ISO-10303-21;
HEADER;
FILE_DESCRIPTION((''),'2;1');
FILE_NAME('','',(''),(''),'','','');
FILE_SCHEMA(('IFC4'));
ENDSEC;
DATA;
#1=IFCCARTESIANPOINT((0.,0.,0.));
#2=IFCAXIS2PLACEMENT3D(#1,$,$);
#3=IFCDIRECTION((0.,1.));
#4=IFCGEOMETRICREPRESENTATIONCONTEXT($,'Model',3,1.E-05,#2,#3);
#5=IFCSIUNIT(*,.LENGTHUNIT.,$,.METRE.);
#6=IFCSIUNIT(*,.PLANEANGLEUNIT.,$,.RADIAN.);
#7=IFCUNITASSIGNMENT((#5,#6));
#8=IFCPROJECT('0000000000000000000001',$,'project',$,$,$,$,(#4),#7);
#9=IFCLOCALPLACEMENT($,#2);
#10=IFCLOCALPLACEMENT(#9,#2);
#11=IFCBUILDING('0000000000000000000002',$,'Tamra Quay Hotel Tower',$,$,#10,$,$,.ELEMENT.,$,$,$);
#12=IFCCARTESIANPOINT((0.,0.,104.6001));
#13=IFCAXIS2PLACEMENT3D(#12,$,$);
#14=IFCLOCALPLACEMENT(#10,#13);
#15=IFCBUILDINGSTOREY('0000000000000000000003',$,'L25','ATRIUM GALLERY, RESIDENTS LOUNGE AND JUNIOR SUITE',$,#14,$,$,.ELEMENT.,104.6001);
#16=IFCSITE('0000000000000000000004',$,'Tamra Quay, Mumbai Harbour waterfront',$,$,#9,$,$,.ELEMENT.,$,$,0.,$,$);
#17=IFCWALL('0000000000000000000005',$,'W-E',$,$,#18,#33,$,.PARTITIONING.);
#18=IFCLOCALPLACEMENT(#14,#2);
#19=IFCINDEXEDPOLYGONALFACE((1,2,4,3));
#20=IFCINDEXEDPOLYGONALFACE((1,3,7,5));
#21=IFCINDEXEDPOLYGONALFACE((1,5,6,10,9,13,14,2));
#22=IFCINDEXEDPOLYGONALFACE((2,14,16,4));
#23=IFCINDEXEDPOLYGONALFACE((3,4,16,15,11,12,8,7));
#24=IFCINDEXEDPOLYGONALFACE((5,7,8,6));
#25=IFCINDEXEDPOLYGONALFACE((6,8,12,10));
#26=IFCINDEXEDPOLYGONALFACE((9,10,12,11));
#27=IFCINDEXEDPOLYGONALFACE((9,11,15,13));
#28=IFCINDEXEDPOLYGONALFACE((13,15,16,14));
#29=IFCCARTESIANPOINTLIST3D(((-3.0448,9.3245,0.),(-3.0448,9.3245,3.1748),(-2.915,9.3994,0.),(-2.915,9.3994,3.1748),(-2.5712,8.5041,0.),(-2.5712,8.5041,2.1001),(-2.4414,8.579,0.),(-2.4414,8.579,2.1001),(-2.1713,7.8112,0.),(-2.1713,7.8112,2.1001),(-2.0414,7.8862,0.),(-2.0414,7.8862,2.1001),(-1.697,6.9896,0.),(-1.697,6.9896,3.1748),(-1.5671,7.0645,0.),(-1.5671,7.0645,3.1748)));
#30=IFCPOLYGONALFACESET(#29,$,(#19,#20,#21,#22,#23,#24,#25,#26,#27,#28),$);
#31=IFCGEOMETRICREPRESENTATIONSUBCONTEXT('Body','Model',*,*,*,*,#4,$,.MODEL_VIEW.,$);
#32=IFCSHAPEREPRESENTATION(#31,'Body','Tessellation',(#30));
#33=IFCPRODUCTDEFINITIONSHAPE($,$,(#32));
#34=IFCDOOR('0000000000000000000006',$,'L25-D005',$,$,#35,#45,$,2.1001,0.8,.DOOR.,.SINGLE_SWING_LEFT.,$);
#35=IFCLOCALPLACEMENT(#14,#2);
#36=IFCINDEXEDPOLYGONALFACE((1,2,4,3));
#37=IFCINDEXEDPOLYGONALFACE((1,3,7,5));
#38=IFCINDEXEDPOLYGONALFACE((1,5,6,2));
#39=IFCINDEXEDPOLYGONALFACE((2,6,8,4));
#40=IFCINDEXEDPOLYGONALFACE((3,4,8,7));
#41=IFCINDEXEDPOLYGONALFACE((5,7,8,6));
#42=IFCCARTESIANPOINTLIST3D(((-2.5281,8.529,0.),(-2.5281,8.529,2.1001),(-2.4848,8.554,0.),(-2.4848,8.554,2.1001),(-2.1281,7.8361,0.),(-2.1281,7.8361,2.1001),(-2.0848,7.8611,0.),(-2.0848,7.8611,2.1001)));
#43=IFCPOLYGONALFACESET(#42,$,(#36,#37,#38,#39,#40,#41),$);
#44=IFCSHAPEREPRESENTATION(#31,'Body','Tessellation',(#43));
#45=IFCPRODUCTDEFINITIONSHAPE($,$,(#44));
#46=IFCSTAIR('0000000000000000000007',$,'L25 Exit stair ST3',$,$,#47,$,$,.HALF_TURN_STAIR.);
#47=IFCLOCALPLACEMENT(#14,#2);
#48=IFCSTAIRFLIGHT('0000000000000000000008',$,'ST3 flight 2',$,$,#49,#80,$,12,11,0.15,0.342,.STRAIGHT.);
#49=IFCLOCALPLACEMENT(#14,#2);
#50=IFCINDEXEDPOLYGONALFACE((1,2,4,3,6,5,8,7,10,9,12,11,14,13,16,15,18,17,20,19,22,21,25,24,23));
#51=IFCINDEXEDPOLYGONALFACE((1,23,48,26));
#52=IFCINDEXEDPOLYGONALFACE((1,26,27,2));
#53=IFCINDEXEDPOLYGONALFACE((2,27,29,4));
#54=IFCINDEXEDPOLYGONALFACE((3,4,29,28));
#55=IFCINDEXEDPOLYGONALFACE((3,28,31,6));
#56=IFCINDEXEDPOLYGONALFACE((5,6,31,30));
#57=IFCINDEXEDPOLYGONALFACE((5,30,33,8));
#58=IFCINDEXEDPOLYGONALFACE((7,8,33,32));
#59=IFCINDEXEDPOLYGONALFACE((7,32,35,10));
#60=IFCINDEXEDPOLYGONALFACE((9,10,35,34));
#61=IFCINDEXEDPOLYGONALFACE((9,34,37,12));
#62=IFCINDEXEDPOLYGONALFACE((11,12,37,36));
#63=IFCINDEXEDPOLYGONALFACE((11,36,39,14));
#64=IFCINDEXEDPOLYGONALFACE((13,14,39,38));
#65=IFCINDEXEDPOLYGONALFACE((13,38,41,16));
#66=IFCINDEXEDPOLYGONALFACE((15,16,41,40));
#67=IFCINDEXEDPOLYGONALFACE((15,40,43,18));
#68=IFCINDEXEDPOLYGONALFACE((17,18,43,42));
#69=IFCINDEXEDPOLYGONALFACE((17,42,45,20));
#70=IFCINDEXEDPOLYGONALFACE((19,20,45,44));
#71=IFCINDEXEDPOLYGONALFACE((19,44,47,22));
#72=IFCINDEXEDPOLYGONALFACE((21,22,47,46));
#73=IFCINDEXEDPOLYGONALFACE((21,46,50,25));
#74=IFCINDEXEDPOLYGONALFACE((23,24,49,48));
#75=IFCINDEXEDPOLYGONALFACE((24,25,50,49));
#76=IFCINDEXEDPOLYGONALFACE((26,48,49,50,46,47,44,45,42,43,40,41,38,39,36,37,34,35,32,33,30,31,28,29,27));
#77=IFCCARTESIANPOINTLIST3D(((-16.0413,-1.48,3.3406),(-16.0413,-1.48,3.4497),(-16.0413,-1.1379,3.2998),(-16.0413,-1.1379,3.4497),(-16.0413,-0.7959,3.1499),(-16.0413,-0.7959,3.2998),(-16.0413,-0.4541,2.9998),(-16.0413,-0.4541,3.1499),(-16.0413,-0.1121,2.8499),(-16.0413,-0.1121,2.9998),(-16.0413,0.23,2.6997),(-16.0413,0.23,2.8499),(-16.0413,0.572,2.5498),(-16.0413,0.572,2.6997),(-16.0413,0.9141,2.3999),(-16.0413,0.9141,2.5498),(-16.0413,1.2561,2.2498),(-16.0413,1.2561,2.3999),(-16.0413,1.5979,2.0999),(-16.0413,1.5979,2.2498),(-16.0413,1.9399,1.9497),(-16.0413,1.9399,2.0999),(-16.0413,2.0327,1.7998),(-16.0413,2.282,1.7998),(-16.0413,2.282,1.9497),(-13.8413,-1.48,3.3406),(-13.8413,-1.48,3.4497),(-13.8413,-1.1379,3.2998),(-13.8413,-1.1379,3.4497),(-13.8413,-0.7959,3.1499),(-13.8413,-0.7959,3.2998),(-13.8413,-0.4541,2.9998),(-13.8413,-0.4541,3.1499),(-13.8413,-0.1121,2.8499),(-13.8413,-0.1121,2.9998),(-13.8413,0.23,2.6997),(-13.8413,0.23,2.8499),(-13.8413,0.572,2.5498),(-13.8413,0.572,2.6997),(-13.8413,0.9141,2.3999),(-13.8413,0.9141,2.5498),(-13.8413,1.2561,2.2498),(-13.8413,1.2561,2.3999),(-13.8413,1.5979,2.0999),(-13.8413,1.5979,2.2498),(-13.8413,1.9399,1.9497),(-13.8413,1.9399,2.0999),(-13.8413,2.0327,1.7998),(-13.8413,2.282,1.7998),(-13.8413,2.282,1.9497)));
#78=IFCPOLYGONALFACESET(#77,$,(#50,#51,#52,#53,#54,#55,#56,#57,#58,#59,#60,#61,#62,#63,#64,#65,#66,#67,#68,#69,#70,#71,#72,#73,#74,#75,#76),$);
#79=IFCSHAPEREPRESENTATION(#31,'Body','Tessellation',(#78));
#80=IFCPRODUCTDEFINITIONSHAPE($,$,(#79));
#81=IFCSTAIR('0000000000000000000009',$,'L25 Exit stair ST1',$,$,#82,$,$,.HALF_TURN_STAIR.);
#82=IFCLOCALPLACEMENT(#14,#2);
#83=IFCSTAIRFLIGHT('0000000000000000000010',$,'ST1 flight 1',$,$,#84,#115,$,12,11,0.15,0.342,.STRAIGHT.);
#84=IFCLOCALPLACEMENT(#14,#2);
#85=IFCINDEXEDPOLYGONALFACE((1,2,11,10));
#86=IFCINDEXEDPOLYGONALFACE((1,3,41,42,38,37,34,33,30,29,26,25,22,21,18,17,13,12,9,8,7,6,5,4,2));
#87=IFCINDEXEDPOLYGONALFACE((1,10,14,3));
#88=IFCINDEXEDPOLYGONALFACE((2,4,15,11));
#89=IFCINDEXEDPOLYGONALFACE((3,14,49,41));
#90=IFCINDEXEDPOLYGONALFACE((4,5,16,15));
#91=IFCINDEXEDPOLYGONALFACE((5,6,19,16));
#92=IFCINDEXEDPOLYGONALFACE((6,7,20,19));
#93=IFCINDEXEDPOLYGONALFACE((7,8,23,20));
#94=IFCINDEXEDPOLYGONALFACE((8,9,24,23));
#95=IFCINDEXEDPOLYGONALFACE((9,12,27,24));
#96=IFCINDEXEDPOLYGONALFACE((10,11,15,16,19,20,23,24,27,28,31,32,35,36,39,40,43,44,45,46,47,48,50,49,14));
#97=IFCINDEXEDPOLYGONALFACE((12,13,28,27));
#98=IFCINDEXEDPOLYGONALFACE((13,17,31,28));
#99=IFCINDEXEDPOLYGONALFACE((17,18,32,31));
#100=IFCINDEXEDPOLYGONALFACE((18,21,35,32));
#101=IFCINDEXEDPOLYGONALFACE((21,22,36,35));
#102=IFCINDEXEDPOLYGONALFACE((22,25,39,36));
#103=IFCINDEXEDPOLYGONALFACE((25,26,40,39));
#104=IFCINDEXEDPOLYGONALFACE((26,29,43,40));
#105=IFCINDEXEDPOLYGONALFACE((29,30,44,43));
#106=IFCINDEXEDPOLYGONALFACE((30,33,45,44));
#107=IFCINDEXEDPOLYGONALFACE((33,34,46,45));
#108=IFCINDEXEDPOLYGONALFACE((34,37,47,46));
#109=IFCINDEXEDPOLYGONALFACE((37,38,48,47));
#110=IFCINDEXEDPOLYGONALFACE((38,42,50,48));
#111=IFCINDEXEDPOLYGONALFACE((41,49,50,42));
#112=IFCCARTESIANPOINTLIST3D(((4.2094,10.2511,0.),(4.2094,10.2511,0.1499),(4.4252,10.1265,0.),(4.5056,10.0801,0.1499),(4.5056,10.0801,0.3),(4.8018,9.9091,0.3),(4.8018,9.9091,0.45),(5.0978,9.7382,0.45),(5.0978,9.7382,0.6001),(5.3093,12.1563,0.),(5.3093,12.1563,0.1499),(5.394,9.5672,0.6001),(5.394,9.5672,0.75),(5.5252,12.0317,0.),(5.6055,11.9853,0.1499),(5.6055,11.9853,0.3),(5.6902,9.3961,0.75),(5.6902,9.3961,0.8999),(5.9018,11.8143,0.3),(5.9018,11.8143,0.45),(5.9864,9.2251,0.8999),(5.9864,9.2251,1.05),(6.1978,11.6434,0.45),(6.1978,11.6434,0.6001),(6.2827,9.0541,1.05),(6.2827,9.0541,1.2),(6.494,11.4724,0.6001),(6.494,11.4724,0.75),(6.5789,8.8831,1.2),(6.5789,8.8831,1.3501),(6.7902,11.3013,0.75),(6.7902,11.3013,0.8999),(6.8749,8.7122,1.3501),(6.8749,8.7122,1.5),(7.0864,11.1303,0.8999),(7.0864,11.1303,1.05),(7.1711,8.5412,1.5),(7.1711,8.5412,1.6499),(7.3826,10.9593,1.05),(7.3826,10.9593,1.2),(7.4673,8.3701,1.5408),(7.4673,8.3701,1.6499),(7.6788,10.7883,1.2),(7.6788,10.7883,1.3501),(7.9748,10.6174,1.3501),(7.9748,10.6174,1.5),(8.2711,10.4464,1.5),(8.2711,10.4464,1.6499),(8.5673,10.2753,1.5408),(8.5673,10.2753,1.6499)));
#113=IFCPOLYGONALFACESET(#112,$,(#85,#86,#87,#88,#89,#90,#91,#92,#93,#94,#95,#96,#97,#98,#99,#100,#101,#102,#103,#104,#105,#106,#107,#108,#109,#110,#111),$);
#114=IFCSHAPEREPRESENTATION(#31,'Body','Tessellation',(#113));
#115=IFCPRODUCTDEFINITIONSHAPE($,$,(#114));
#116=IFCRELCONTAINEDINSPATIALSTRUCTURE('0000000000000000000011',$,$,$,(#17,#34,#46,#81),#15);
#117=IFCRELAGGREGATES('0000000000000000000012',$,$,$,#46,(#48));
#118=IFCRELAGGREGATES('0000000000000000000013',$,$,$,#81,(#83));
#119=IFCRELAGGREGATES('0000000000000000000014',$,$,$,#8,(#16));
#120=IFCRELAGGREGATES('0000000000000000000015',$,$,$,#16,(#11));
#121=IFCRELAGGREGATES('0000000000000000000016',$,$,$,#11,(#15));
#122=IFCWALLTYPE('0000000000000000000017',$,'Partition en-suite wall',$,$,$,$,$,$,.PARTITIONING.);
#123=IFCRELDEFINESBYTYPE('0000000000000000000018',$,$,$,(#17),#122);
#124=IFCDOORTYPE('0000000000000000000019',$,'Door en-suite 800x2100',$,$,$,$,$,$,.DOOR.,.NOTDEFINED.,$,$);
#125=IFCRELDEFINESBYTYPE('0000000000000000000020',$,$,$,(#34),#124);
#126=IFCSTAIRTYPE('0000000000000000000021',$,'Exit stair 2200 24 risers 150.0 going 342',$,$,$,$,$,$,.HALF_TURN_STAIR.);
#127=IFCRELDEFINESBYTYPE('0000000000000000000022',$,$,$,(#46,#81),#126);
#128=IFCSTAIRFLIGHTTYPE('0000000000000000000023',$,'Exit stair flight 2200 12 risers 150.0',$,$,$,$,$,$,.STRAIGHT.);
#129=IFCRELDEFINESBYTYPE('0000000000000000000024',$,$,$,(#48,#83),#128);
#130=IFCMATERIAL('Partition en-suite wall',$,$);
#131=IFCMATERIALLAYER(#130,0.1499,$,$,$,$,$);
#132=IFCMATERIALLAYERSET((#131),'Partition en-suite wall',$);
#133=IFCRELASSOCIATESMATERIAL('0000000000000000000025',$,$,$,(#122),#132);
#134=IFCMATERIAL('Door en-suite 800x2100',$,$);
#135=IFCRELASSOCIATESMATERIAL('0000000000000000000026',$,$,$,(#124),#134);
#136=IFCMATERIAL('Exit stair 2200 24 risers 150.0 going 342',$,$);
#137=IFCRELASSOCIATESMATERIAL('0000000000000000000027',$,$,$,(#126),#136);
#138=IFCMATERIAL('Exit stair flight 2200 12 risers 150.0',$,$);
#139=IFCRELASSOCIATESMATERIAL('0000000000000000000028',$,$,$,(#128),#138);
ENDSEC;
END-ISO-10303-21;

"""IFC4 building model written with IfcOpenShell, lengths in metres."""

from ifc_helpers import new_model, si_unit, direction, frame, frame_2d, origin, place, context, subcontext, project, spatial, polyline, rectangle, outline, extrude, material, layer, layer_set, type_object, element, fill, aggregate, save


model = new_model("IFC4")

# Units and contexts
model_context = context("Model", 3, precision=1e-05, world=origin(), true_north=direction((0.0, 1.0)))
body_context = subcontext(model_context, "Body", "Model", "MODEL_VIEW")
ifc_project = project(units=[si_unit("LENGTHUNIT", "METRE"), si_unit("PLANEANGLEUNIT", "RADIAN")], contexts=[model_context])

# Site, building, storey
site_placement = place(None, origin())
site = spatial("IfcSite", under=ifc_project, at=site_placement, Name="Tamra Quay, Mumbai Harbour waterfront", CompositionType="ELEMENT", RefElevation=0.0)
building_placement = place(site_placement, origin())
building = spatial("IfcBuilding", under=site, at=building_placement, Name="Tamra Quay Hotel Tower", CompositionType="ELEMENT")
storey_placement = place(building_placement, frame((0.0, 0.0, 104.6001)))
storey = spatial("IfcBuildingStorey", under=building, at=storey_placement, Name="L25", Description="ATRIUM GALLERY, RESIDENTS LOUNGE AND JUNIOR SUITE", CompositionType="ELEMENT", Elevation=104.6001)

# Shared definitions
ifc_material_1 = material(Name="Partition en-suite wall")
ifc_layer_1 = layer(ifc_material_1, 0.1499)
ifc_layer_set_1 = layer_set([ifc_layer_1], Name="Partition en-suite wall")
wall_type_1 = type_object("IfcWallType", Name="Partition en-suite wall", PredefinedType="PARTITIONING", material=ifc_layer_set_1)

# Shared definitions
ifc_material_2 = material(Name="Door en-suite 800x2100")
door_type_1 = type_object("IfcDoorType", Name="Door en-suite 800x2100", OperationType="NOTDEFINED", PredefinedType="DOOR", material=ifc_material_2)

# Wall, opening, door
wall_1_placement = place(storey_placement, frame((-2.98, 9.3621, 0.0), z_axis=(0.0, 0.0, 1.0), x_axis=(0.499947, -0.866056, 0.0)))
wall_1 = element("IfcWall", 1, at=wall_1_placement, inside=storey, type_object=wall_type_1, Name="W-E", PredefinedType="PARTITIONING", context=body_context, shape_type="SweptSolid", body=[
    extrude(rectangle(XDim=2.696, YDim=0.1499, at=frame_2d((1.3481, 0.0))), origin(), (0.0, 0.0, 1.0), 3.1748),
])
opening_1_placement = place(wall_1_placement, frame((0.9475, 0.0, 0.0)))
opening_1 = element("IfcOpeningElement", 2, at=opening_1_placement, cuts=wall_1, PredefinedType="OPENING", context=body_context, shape_type="SweptSolid", body=[
    extrude(rectangle(XDim=0.8, YDim=2.1001, at=frame_2d((0.3999, 1.05))), frame((0.0, 0.085, 0.0), z_axis=(0.0, -1.0, 0.0), x_axis=(1.0, 0.0, 0.0)), (0.0, 0.0, 1.0), 0.1699),
])
door_1_placement = place(opening_1_placement, origin())
door_1 = element("IfcDoor", 3, at=door_1_placement, inside=storey, type_object=door_type_1, Name="L25-D005", OperationType="SINGLE_SWING_LEFT", OverallHeight=2.1001, OverallWidth=0.8, PredefinedType="DOOR", context=body_context, shape_type="SweptSolid", body=[
    extrude(rectangle(XDim=0.8, YDim=2.1001, at=frame_2d((0.3999, 1.05))), frame((0.0, 0.0249, 0.0), z_axis=(0.0, -1.0, 0.0), x_axis=(1.0, 0.0, 0.0)), (0.0, 0.0, 1.0), 0.05),
])
fill(opening_1, door_1)

# Stairs, stair flights
ifc_material_3 = material(Name="Exit stair 2200 24 risers 150.0 going 342")
stair_type = type_object("IfcStairType", Name="Exit stair 2200 24 risers 150.0 going 342", PredefinedType="HALF_TURN_STAIR", material=ifc_material_3)
stair_1_placement = place(storey_placement, origin())
stair_1 = element("IfcStair", 4, at=stair_1_placement, inside=storey, type_object=stair_type, Name="L25 Exit stair ST3", PredefinedType="HALF_TURN_STAIR")
ifc_material_4 = material(Name="Exit stair flight 2200 12 risers 150.0")
stair_flight_type = type_object("IfcStairFlightType", Name="Exit stair flight 2200 12 risers 150.0", PredefinedType="STRAIGHT", material=ifc_material_4)
stair_flight_1_placement = place(storey_placement, frame((-14.9414, 2.282, 1.7998), z_axis=(0.0, 0.0, 1.0), x_axis=(0.0, -1.0, 0.0)))
stair_flight_1 = element("IfcStairFlight", 5, at=stair_flight_1_placement, type_object=stair_flight_type, Name="ST3 flight 2", NumberOfRisers=12, NumberOfTreads=11, PredefinedType="STRAIGHT", RiserHeight=0.15, TreadLength=0.342, context=body_context, shape_type="SweptSolid", body=[
    extrude(outline(polyline([(0.0, 0.0), (0.0, 0.1499), (0.342, 0.1499), (0.342, 0.3), (0.6841, 0.3), (0.6841, 0.45), (1.0259, 0.45), (1.0259, 0.6001), (1.3679, 0.6001), (1.3679, 0.75), (1.71, 0.75), (1.71, 0.8999), (2.052, 0.8999), (2.052, 1.05), (2.394, 1.05), (2.394, 1.2), (2.7361, 1.2), (2.7361, 1.3501), (3.0779, 1.3501), (3.0779, 1.5), (3.4199, 1.5), (3.4199, 1.6499), (3.762, 1.6499), (3.762, 1.8), (3.762, 1.5408), (0.2493, 0.0), (0.0, 0.0)])), frame((0.0, 1.1001, 0.0), z_axis=(0.0, -1.0, 0.0), x_axis=(1.0, 0.0, 0.0)), (0.0, 0.0, 1.0), 2.2),
])
aggregate(stair_1, [stair_flight_1])
stair_2_placement = place(storey_placement, origin())
stair_2 = element("IfcStair", 6, at=stair_2_placement, inside=storey, type_object=stair_type, Name="L25 Exit stair ST1", PredefinedType="HALF_TURN_STAIR")
stair_flight_2_placement = place(storey_placement, frame((4.7593, 11.2036, 0.0), z_axis=(0.0, 0.0, 1.0), x_axis=(0.866025, -0.5, 0.0)))
stair_flight_2 = element("IfcStairFlight", 7, at=stair_flight_2_placement, type_object=stair_flight_type, Name="ST1 flight 1", NumberOfRisers=12, NumberOfTreads=11, PredefinedType="STRAIGHT", RiserHeight=0.15, TreadLength=0.342, context=body_context, shape_type="SweptSolid", body=[
    extrude(outline(polyline([(0.0, 0.0), (0.0, 0.1499), (0.342, 0.1499), (0.342, 0.3), (0.6841, 0.3), (0.6841, 0.45), (1.0259, 0.45), (1.0259, 0.6001), (1.3679, 0.6001), (1.3679, 0.75), (1.71, 0.75), (1.71, 0.8999), (2.052, 0.8999), (2.052, 1.05), (2.394, 1.05), (2.394, 1.2), (2.7361, 1.2), (2.7361, 1.3501), (3.0779, 1.3501), (3.0779, 1.5), (3.4199, 1.5), (3.4199, 1.6499), (3.762, 1.6499), (3.762, 1.8), (3.762, 1.5408), (0.2493, 0.0), (0.0, 0.0)])), frame((0.0, 1.1001, 0.0), z_axis=(0.0, -1.0, 0.0), x_axis=(1.0, 0.0, 0.0)), (0.0, 0.0, 1.0), 2.2),
])
aggregate(stair_2, [stair_flight_2])

save(model, "model.ifc")
